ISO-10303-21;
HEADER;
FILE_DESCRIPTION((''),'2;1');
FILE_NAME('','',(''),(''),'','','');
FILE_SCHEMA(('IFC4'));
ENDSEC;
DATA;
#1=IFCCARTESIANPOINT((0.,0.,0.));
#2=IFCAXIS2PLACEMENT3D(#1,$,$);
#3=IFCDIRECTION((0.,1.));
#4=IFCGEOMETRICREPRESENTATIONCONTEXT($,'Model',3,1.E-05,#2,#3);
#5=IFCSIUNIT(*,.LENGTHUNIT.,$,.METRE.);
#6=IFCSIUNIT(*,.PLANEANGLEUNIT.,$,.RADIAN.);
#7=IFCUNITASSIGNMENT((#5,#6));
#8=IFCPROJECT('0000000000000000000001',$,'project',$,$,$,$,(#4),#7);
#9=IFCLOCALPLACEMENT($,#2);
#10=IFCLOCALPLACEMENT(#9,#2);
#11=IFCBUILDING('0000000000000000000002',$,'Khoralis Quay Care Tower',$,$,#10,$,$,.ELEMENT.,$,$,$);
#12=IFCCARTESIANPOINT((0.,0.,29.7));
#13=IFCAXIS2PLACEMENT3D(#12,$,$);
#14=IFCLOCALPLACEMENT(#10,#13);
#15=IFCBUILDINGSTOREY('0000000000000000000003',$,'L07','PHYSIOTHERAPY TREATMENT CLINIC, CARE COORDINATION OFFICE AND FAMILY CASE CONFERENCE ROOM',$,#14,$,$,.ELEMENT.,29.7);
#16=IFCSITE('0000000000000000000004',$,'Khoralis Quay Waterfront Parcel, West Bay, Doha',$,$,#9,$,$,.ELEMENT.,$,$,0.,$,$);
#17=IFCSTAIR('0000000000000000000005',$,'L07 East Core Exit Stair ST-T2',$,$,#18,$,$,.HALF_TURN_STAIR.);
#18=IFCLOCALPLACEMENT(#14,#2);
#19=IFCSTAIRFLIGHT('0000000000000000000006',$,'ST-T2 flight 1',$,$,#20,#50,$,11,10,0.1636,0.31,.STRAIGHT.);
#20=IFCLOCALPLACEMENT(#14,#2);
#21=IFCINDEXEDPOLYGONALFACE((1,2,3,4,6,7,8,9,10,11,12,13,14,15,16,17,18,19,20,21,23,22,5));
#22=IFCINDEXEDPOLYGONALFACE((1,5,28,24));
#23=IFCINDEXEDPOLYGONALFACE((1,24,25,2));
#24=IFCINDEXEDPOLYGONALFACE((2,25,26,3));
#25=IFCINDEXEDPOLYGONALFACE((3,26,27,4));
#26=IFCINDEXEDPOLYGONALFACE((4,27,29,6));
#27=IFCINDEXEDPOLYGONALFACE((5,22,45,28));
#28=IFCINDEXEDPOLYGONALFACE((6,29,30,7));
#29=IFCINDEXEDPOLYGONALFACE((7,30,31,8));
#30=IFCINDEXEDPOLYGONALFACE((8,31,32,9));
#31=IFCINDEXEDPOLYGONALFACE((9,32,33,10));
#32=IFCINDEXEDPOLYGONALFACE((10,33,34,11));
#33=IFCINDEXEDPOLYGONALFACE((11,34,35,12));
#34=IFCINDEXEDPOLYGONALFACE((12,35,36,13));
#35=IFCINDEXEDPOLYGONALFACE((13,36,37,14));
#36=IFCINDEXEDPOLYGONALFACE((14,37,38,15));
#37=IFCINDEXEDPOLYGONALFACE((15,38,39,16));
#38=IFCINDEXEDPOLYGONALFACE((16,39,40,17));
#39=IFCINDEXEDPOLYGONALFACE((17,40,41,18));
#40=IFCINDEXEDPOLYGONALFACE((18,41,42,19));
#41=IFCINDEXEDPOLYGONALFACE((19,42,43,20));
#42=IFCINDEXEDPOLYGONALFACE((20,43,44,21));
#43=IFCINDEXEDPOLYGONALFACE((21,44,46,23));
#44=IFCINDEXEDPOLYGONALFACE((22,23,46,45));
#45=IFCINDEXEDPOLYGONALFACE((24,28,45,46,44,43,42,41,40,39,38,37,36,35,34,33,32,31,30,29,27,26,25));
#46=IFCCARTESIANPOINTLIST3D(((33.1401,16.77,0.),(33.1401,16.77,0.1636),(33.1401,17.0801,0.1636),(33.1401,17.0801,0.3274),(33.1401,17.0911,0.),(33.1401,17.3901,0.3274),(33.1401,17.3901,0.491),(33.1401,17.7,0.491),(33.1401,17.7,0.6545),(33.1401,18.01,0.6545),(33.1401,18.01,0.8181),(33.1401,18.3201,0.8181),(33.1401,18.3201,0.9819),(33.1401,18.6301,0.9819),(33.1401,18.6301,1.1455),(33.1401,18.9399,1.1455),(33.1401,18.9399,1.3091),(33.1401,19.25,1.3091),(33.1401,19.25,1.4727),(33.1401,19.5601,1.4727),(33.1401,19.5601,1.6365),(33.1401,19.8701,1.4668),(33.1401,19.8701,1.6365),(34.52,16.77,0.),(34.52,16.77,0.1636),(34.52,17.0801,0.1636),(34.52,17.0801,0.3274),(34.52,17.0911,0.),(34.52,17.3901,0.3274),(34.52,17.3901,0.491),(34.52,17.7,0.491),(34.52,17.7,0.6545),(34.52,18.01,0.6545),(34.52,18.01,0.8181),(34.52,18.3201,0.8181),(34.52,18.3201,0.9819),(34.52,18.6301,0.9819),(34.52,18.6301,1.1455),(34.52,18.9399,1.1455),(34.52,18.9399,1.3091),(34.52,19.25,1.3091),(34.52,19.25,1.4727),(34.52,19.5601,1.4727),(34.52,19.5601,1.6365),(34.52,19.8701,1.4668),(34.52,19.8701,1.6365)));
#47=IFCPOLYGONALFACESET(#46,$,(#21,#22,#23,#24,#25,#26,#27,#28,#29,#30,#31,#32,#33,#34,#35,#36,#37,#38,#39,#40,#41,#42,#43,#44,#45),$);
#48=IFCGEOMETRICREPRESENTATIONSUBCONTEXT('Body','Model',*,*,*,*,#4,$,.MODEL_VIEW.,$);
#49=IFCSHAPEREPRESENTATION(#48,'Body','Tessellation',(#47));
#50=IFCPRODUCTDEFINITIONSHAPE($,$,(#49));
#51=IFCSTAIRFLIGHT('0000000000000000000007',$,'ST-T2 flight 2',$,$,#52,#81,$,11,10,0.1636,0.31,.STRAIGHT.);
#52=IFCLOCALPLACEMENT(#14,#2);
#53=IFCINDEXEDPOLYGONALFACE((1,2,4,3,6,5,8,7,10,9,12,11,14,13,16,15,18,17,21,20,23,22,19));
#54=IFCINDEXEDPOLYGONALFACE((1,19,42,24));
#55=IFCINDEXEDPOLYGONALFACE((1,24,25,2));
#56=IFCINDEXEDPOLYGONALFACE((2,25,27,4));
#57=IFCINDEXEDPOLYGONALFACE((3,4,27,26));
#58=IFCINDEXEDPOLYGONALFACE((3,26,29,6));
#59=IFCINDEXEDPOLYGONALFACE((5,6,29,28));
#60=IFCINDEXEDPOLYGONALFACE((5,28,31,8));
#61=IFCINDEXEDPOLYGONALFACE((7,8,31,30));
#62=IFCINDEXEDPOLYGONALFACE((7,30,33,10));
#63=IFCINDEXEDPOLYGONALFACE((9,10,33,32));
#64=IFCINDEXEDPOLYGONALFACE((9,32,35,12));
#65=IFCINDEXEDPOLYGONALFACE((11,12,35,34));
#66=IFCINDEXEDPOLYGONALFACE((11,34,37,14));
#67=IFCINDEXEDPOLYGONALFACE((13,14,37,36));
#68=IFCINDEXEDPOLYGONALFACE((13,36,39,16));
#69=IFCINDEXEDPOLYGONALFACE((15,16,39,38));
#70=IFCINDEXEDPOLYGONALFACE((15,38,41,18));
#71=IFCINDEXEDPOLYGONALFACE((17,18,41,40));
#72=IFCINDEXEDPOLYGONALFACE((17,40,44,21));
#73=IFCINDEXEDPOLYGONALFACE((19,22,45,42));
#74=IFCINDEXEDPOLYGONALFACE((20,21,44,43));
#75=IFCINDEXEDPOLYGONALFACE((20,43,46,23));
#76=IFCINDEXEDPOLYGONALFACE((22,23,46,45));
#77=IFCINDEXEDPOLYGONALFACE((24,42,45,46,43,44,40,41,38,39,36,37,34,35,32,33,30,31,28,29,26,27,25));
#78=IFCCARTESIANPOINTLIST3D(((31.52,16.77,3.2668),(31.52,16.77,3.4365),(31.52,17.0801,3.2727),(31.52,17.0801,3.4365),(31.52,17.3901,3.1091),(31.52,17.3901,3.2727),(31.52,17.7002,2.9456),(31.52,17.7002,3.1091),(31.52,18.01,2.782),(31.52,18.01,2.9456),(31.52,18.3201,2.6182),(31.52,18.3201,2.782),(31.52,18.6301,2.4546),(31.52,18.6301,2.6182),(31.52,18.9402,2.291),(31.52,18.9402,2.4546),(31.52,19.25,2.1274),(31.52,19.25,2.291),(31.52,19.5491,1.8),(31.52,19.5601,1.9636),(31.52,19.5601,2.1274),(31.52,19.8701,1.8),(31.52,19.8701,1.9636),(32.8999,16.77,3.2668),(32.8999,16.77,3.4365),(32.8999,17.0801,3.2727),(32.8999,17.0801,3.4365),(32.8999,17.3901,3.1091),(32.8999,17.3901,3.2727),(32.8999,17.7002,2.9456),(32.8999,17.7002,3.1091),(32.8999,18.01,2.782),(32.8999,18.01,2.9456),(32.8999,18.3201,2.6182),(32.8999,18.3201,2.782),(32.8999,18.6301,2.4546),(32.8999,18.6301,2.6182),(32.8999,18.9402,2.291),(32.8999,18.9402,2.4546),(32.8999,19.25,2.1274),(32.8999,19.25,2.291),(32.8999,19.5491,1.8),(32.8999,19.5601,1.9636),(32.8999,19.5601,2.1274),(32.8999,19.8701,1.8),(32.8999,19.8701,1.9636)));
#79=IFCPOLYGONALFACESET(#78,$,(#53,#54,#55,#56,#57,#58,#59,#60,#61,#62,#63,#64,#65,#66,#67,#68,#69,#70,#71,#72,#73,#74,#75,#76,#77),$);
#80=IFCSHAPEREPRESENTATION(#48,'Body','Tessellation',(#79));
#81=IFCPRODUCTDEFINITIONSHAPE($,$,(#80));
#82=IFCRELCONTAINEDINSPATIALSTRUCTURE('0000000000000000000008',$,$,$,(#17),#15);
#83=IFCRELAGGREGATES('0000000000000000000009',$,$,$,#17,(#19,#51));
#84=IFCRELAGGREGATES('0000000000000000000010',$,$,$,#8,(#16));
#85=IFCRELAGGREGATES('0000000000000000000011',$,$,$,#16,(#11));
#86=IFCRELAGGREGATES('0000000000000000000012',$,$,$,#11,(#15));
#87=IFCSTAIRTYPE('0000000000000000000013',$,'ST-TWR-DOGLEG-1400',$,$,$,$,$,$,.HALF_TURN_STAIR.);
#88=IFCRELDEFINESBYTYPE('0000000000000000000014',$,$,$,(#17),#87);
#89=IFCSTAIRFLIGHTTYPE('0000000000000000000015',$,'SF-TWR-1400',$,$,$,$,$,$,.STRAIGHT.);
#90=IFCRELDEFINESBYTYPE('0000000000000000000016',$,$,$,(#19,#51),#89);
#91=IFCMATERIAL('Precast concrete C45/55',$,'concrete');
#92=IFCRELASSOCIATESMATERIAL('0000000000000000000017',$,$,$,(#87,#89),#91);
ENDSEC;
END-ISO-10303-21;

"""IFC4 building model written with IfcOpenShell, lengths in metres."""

from ifc_helpers import new_model, si_unit, direction, frame, origin, place, context, subcontext, project, spatial, polyline, outline, extrude, source, transform, mapped, material, type_object, element, aggregate, save


model = new_model("IFC4")

# Units and contexts
model_context = context("Model", 3, precision=1e-05, world=origin(), true_north=direction((0.0, 1.0)))
body_context = subcontext(model_context, "Body", "Model", "MODEL_VIEW")
ifc_project = project(units=[si_unit("LENGTHUNIT", "METRE"), si_unit("PLANEANGLEUNIT", "RADIAN")], contexts=[model_context])

# Site, building, storey
site_placement = place(None, origin())
site = spatial("IfcSite", under=ifc_project, at=site_placement, Name="Khoralis Quay Waterfront Parcel, West Bay, Doha", CompositionType="ELEMENT", RefElevation=0.0)
building_placement = place(site_placement, origin())
building = spatial("IfcBuilding", under=site, at=building_placement, Name="Khoralis Quay Care Tower", CompositionType="ELEMENT")
storey_placement = place(building_placement, frame((0.0, 0.0, 29.7)))
storey = spatial("IfcBuildingStorey", under=building, at=storey_placement, Name="L07", Description="PHYSIOTHERAPY TREATMENT CLINIC, CARE COORDINATION OFFICE AND FAMILY CASE CONFERENCE ROOM", CompositionType="ELEMENT", Elevation=29.7)

# Stair, stair flights
ifc_material_1 = material(Name="Precast concrete C45/55", Category="concrete")
stair_type = type_object("IfcStairType", Name="ST-TWR-DOGLEG-1400", PredefinedType="HALF_TURN_STAIR", material=ifc_material_1)
stair_placement = place(storey_placement, origin())
stair = element("IfcStair", 1, at=stair_placement, inside=storey, type_object=stair_type, Name="L07 East Core Exit Stair ST-T2", PredefinedType="HALF_TURN_STAIR")
stair_flight_type = type_object("IfcStairFlightType", Name="SF-TWR-1400", PredefinedType="STRAIGHT", material=ifc_material_1)
shared_shape_1 = source(origin(), body_context, "Body", "SweptSolid", [
    extrude(outline(polyline([(0.0, 0.0), (0.0, 0.1636), (0.3101, 0.1636), (0.3101, 0.3274), (0.6201, 0.3274), (0.6201, 0.491), (0.9299, 0.491), (0.9299, 0.6545), (1.24, 0.6545), (1.24, 0.8181), (1.55, 0.8181), (1.55, 0.9819), (1.8601, 0.9819), (1.8601, 1.1455), (2.1699, 1.1455), (2.1699, 1.3091), (2.48, 1.3091), (2.48, 1.4727), (2.79, 1.4727), (2.79, 1.6365), (3.1001, 1.6365), (3.1001, 1.8), (3.1001, 1.4668), (0.321, 0.0), (0.0, 0.0)])), frame((0.0, 0.6899, 0.0), z_axis=(0.0, -1.0, 0.0), x_axis=(1.0, 0.0, 0.0)), (0.0, 0.0, 1.0), 1.3799),
])
stair_flight_1_placement = place(storey_placement, frame((33.8301, 16.77, 0.0), z_axis=(0.0, 0.0, 1.0), x_axis=(0.0, 1.0, 0.0)))
stair_flight_1 = element("IfcStairFlight", 2, at=stair_flight_1_placement, type_object=stair_flight_type, Name="ST-T2 flight 1", NumberOfRisers=11, NumberOfTreads=10, PredefinedType="STRAIGHT", RiserHeight=0.1636, TreadLength=0.31, context=body_context, shape_type="MappedRepresentation", body=[
    mapped(shared_shape_1, transform((0.0, 0.0, 0.0), scale=1.0)),
])
stair_flight_2_placement = place(storey_placement, frame((32.21, 19.8701, 1.8), z_axis=(0.0, 0.0, 1.0), x_axis=(0.0, -1.0, 0.0)))
stair_flight_2 = element("IfcStairFlight", 3, at=stair_flight_2_placement, type_object=stair_flight_type, Name="ST-T2 flight 2", NumberOfRisers=11, NumberOfTreads=10, PredefinedType="STRAIGHT", RiserHeight=0.1636, TreadLength=0.31, context=body_context, shape_type="MappedRepresentation", body=[
    mapped(shared_shape_1, transform((0.0, 0.0, 0.0), scale=1.0)),
])
aggregate(stair, [stair_flight_1, stair_flight_2])

save(model, "model.ifc")
